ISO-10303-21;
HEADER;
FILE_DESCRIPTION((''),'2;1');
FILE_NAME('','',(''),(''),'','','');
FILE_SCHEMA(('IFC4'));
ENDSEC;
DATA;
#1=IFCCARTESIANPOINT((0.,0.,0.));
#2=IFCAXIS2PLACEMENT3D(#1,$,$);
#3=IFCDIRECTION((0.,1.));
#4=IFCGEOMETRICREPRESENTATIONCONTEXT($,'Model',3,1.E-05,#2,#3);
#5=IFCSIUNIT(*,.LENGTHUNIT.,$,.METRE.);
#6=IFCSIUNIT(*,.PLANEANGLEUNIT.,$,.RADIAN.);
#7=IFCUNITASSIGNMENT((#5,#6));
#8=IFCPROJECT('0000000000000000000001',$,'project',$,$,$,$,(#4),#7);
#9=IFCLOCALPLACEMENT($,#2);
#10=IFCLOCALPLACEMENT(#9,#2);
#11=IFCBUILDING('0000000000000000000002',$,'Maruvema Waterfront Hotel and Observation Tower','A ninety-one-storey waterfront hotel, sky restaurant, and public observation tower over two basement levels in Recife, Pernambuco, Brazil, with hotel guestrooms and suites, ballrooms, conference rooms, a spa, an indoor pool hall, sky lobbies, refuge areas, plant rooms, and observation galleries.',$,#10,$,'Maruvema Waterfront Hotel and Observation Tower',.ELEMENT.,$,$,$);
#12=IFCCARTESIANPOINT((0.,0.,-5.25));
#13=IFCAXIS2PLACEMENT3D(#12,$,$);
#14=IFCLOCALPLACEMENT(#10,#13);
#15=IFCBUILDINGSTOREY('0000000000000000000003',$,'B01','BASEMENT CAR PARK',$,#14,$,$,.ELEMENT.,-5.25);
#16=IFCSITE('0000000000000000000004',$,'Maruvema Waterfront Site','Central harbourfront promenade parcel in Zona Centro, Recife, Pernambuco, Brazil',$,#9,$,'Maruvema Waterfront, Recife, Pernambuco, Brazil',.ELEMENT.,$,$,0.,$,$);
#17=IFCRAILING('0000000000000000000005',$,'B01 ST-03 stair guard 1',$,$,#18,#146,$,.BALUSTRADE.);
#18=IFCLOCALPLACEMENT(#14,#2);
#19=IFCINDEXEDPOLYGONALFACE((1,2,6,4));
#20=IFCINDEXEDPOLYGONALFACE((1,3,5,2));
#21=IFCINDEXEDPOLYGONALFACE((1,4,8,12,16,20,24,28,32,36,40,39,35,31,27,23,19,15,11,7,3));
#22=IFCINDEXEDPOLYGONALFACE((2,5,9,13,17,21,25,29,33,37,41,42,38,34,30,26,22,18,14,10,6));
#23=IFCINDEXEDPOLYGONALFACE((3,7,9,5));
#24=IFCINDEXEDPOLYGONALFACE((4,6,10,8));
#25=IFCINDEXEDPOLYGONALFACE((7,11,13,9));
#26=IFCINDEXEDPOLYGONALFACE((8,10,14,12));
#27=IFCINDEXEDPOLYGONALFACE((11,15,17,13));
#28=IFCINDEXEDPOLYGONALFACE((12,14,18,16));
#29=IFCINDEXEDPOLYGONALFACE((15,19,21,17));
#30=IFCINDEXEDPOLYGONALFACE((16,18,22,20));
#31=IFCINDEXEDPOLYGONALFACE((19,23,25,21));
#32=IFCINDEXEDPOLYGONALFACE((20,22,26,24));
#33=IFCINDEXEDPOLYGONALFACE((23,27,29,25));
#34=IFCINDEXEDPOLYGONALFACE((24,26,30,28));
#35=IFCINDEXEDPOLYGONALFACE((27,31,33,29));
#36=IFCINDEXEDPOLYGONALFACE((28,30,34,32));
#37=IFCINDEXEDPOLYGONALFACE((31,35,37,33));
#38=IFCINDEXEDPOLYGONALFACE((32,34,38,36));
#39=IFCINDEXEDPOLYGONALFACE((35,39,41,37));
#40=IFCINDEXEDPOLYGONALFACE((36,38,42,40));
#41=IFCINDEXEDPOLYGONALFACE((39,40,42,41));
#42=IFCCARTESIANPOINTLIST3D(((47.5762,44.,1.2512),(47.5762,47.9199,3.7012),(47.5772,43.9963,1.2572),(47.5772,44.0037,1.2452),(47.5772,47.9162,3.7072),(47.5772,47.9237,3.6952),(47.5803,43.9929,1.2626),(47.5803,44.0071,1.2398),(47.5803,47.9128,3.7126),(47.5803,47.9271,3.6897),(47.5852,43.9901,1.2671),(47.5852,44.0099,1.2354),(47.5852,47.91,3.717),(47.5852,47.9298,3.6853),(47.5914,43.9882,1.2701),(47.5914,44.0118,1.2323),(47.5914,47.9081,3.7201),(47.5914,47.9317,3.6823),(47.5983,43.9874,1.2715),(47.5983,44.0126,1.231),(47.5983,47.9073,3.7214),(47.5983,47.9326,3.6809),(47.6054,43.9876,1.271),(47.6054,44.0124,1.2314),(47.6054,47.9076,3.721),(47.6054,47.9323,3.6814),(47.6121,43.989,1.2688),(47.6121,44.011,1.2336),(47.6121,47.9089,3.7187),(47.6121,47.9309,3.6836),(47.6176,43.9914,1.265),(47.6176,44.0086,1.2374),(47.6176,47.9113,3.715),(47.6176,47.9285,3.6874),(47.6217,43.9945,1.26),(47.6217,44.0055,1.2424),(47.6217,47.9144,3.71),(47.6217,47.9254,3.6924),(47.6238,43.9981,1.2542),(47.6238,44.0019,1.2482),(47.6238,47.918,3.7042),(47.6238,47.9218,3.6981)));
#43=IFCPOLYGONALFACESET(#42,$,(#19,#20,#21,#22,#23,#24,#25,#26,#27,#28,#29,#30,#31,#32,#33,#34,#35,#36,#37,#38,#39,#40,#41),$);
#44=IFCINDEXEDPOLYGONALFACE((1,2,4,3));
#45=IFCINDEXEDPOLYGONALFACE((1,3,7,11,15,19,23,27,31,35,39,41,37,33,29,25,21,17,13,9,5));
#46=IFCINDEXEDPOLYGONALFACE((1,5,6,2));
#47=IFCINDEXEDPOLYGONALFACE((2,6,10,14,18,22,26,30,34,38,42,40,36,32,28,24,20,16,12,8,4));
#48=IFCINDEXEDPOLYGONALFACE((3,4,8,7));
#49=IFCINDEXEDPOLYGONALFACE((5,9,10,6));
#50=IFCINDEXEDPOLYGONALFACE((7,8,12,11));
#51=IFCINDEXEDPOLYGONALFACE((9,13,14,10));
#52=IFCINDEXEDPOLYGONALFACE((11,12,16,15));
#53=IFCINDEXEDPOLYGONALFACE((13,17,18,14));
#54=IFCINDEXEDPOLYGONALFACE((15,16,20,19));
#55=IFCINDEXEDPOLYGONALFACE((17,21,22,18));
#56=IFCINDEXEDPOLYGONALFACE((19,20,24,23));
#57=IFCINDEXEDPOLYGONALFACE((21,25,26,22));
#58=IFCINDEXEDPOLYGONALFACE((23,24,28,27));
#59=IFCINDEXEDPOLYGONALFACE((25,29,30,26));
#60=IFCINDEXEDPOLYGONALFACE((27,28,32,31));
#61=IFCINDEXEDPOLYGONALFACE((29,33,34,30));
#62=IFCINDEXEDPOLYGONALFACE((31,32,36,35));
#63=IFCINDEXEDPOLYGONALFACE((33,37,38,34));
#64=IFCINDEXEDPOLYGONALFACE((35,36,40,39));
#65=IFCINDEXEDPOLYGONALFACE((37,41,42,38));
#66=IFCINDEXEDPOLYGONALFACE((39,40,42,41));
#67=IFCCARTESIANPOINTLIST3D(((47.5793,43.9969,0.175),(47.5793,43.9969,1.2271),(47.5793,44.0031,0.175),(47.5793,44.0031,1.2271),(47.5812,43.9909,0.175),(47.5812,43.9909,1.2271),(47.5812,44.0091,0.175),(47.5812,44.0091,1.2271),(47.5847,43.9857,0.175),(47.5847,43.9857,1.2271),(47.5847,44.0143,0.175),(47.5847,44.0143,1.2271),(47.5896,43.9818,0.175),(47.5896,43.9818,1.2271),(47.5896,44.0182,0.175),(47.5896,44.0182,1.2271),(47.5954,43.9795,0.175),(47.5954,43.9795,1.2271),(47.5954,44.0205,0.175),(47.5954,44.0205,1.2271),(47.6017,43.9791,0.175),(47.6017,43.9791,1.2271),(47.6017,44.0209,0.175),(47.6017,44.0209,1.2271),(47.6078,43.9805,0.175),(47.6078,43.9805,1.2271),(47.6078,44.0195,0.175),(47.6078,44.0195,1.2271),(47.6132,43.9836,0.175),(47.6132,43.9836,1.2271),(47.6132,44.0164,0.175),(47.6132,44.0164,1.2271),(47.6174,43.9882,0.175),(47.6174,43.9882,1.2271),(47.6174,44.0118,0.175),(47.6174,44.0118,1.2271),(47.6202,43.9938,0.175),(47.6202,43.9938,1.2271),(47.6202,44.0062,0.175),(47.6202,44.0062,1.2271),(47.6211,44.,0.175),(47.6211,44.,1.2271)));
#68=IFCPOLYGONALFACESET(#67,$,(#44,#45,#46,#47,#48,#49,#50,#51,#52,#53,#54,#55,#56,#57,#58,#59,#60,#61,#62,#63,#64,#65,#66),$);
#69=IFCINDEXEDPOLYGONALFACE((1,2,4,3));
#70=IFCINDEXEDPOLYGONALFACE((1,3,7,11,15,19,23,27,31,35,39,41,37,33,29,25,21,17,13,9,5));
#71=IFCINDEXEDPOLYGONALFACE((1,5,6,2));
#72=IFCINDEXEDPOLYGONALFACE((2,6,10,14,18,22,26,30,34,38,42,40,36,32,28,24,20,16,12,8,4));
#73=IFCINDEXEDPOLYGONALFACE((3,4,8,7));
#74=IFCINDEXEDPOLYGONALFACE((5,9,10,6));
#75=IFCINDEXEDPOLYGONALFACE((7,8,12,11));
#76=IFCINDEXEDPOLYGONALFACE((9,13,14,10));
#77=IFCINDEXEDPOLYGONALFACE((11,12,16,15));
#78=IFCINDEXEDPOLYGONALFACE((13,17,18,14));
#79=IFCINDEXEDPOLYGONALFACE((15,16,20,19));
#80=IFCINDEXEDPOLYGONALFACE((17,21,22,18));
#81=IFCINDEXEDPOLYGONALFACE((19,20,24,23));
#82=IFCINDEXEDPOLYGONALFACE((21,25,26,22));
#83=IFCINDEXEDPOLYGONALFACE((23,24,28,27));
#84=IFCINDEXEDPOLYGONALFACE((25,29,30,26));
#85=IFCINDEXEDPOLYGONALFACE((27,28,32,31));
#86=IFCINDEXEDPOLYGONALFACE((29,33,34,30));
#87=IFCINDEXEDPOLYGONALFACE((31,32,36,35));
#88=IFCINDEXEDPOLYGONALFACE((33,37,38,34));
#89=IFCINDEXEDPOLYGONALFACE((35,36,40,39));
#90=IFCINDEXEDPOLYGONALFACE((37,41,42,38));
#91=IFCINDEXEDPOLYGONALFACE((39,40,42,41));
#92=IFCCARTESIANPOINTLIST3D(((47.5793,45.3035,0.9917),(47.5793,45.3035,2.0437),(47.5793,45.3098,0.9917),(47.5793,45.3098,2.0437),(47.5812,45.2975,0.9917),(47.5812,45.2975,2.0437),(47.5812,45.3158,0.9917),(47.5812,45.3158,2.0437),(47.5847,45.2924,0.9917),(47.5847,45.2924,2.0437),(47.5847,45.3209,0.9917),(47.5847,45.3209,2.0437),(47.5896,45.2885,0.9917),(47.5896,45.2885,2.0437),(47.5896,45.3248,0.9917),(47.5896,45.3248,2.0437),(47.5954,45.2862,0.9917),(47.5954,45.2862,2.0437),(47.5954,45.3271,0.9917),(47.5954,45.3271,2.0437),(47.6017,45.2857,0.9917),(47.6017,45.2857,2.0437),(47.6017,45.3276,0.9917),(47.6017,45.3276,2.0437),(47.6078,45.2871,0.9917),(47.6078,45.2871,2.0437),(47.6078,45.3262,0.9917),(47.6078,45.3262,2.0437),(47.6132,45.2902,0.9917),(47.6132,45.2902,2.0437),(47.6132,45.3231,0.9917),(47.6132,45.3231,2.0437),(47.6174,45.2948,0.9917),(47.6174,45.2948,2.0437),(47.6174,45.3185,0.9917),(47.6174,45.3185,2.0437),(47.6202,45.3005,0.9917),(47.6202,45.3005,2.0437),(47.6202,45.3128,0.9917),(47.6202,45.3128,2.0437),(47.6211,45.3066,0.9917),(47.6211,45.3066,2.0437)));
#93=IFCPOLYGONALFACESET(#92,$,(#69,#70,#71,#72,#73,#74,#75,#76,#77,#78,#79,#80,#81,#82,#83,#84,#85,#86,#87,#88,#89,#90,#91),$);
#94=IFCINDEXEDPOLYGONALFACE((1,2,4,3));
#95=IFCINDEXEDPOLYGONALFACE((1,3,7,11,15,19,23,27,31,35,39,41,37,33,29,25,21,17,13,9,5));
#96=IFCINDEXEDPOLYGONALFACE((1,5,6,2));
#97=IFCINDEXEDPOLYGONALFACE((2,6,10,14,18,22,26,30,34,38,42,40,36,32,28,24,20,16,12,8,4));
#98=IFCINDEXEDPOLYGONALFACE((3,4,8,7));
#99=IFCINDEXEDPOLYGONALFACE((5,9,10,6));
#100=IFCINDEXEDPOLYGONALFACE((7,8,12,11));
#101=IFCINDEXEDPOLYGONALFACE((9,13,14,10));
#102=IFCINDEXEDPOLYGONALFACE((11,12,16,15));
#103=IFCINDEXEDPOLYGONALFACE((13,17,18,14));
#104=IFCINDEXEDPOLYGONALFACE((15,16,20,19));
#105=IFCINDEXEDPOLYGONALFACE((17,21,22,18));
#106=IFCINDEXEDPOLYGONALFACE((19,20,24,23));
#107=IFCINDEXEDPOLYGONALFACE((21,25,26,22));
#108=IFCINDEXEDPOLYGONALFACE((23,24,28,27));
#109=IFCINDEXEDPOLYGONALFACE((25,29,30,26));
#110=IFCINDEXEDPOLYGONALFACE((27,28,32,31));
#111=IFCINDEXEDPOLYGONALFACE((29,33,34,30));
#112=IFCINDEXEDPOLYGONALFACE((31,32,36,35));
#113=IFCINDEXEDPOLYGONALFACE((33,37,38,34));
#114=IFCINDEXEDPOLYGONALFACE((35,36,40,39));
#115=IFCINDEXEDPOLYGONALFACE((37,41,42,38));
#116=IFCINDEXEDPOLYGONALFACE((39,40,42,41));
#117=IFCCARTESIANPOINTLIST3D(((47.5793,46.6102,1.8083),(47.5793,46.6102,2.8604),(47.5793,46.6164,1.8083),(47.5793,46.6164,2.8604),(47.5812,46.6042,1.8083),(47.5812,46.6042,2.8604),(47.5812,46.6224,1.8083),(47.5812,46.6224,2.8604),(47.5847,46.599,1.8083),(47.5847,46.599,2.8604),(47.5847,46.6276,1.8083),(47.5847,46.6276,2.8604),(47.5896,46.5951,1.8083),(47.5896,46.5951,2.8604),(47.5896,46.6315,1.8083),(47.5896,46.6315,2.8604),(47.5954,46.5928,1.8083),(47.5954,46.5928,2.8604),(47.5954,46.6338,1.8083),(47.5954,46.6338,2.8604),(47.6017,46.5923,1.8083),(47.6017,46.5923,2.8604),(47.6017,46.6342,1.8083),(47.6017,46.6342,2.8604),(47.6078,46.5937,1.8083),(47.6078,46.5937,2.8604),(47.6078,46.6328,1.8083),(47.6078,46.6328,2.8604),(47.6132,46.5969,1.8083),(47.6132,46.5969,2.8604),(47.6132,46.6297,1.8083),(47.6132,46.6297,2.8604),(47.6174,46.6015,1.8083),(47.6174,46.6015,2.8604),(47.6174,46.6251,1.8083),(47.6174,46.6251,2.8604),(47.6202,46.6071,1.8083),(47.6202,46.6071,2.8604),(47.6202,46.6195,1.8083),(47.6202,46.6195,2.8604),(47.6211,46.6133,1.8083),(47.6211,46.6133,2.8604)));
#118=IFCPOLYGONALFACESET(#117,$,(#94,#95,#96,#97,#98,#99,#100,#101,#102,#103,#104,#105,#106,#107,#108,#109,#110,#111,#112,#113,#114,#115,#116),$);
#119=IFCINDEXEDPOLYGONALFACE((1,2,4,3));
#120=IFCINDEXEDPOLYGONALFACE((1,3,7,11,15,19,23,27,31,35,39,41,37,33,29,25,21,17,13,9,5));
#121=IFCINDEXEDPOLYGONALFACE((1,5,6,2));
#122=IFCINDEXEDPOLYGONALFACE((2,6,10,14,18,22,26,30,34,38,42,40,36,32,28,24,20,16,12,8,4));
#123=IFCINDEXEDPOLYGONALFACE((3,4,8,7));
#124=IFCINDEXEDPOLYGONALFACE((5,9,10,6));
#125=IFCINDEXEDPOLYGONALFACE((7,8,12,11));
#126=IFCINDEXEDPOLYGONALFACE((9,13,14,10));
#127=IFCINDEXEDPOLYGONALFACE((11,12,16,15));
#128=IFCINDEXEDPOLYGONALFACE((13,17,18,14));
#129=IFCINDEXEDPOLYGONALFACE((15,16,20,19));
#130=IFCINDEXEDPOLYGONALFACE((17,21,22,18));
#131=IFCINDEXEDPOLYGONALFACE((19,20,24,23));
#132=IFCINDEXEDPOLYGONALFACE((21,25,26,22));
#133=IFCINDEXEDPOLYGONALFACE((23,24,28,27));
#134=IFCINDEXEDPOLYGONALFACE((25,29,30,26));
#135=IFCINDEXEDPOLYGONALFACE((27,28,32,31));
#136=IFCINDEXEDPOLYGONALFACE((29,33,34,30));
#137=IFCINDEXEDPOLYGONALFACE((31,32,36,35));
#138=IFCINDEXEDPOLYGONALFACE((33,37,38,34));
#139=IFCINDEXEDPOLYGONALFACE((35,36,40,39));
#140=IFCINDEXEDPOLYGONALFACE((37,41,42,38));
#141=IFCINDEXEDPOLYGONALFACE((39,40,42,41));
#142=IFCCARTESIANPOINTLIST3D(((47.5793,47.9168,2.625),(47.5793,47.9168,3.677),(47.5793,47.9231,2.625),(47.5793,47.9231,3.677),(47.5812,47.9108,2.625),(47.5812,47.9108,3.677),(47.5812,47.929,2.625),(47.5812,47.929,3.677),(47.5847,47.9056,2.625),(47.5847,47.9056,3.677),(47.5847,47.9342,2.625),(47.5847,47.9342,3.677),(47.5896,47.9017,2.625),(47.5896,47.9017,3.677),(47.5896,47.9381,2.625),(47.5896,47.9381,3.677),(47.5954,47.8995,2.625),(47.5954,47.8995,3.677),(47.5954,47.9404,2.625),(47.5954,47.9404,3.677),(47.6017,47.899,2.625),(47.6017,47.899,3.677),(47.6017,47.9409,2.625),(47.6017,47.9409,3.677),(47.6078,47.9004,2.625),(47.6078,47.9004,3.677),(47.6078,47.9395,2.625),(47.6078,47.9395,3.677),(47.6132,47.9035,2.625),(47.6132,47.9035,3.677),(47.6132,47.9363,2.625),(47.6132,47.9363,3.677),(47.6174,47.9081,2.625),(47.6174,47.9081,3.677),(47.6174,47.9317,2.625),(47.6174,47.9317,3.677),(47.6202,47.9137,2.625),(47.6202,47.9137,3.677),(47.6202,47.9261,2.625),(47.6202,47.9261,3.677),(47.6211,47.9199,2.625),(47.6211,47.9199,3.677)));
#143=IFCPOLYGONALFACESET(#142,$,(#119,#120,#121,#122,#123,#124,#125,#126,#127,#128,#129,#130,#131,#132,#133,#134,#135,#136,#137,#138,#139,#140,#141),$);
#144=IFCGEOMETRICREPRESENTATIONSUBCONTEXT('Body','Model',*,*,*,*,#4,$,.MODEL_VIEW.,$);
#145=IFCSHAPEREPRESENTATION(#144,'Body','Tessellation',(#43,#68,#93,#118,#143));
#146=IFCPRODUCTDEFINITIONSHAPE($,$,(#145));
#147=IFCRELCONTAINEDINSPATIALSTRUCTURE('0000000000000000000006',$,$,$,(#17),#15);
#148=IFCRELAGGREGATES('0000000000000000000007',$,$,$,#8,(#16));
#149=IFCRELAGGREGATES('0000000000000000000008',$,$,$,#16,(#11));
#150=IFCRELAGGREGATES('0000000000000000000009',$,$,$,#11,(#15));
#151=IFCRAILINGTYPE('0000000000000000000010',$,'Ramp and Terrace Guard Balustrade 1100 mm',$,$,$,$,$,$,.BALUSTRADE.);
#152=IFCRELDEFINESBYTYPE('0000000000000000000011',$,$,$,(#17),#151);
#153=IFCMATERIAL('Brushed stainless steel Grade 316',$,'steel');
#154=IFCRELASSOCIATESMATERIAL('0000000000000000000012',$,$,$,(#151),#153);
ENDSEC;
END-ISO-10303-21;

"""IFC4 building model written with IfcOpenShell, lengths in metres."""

from ifc_helpers import new_model, si_unit, direction, frame, origin, origin_2d, place, context, subcontext, project, spatial, circle, extrude, material, type_object, element, save


model = new_model("IFC4")

# Units and contexts
model_context = context("Model", 3, precision=1e-05, world=origin(), true_north=direction((0.0, 1.0)))
body_context = subcontext(model_context, "Body", "Model", "MODEL_VIEW")
ifc_project = project(units=[si_unit("LENGTHUNIT", "METRE"), si_unit("PLANEANGLEUNIT", "RADIAN")], contexts=[model_context])

# Site, building, storey
site_placement = place(None, origin())
site = spatial("IfcSite", under=ifc_project, at=site_placement, Name="Maruvema Waterfront Site", Description="Central harbourfront promenade parcel in Zona Centro, Recife, Pernambuco, Brazil", LongName="Maruvema Waterfront, Recife, Pernambuco, Brazil", CompositionType="ELEMENT", RefElevation=0.0)
building_placement = place(site_placement, origin())
building = spatial("IfcBuilding", under=site, at=building_placement, Name="Maruvema Waterfront Hotel and Observation Tower", Description="A ninety-one-storey waterfront hotel, sky restaurant, and public observation tower over two basement levels in Recife, Pernambuco, Brazil, with hotel guestrooms and suites, ballrooms, conference rooms, a spa, an indoor pool hall, sky lobbies, refuge areas, plant rooms, and observation galleries.", LongName="Maruvema Waterfront Hotel and Observation Tower", CompositionType="ELEMENT")
storey_placement = place(building_placement, frame((0.0, 0.0, -5.25)))
storey = spatial("IfcBuildingStorey", under=building, at=storey_placement, Name="B01", Description="BASEMENT CAR PARK", CompositionType="ELEMENT", Elevation=-5.25)

# Railing
ifc_material_1 = material(Name="Brushed stainless steel Grade 316", Category="steel")
railing_type_1 = type_object("IfcRailingType", Name="Ramp and Terrace Guard Balustrade 1100 mm", PredefinedType="BALUSTRADE", material=ifc_material_1)
railing_1_placement = place(storey_placement, frame((47.6001, 44.0, 0.175)))
element("IfcRailing", 1, at=railing_1_placement, inside=storey, type_object=railing_type_1, Name="B01 ST-03 stair guard 1", PredefinedType="BALUSTRADE", context=body_context, shape_type="SweptSolid", body=[
    extrude(circle(Radius=0.0239, at=origin_2d()), frame((0.0, 0.0, 1.0762), z_axis=(0.0, 0.847998, 0.529999), x_axis=(-1.0, 0.0, 0.0)), (0.0, 0.0, 1.0), 4.6226),
    extrude(circle(Radius=0.021, at=origin_2d()), origin(), (0.0, 0.0, 1.0), 1.052),
    extrude(circle(Radius=0.021, at=origin_2d()), frame((0.0, 1.3066, 0.8167)), (0.0, 0.0, 1.0), 1.052),
    extrude(circle(Radius=0.021, at=origin_2d()), frame((0.0, 2.6133, 1.6333)), (0.0, 0.0, 1.0), 1.052),
    extrude(circle(Radius=0.021, at=origin_2d()), frame((0.0, 3.9199, 2.45)), (0.0, 0.0, 1.0), 1.052),
])

save(model, "model.ifc")
